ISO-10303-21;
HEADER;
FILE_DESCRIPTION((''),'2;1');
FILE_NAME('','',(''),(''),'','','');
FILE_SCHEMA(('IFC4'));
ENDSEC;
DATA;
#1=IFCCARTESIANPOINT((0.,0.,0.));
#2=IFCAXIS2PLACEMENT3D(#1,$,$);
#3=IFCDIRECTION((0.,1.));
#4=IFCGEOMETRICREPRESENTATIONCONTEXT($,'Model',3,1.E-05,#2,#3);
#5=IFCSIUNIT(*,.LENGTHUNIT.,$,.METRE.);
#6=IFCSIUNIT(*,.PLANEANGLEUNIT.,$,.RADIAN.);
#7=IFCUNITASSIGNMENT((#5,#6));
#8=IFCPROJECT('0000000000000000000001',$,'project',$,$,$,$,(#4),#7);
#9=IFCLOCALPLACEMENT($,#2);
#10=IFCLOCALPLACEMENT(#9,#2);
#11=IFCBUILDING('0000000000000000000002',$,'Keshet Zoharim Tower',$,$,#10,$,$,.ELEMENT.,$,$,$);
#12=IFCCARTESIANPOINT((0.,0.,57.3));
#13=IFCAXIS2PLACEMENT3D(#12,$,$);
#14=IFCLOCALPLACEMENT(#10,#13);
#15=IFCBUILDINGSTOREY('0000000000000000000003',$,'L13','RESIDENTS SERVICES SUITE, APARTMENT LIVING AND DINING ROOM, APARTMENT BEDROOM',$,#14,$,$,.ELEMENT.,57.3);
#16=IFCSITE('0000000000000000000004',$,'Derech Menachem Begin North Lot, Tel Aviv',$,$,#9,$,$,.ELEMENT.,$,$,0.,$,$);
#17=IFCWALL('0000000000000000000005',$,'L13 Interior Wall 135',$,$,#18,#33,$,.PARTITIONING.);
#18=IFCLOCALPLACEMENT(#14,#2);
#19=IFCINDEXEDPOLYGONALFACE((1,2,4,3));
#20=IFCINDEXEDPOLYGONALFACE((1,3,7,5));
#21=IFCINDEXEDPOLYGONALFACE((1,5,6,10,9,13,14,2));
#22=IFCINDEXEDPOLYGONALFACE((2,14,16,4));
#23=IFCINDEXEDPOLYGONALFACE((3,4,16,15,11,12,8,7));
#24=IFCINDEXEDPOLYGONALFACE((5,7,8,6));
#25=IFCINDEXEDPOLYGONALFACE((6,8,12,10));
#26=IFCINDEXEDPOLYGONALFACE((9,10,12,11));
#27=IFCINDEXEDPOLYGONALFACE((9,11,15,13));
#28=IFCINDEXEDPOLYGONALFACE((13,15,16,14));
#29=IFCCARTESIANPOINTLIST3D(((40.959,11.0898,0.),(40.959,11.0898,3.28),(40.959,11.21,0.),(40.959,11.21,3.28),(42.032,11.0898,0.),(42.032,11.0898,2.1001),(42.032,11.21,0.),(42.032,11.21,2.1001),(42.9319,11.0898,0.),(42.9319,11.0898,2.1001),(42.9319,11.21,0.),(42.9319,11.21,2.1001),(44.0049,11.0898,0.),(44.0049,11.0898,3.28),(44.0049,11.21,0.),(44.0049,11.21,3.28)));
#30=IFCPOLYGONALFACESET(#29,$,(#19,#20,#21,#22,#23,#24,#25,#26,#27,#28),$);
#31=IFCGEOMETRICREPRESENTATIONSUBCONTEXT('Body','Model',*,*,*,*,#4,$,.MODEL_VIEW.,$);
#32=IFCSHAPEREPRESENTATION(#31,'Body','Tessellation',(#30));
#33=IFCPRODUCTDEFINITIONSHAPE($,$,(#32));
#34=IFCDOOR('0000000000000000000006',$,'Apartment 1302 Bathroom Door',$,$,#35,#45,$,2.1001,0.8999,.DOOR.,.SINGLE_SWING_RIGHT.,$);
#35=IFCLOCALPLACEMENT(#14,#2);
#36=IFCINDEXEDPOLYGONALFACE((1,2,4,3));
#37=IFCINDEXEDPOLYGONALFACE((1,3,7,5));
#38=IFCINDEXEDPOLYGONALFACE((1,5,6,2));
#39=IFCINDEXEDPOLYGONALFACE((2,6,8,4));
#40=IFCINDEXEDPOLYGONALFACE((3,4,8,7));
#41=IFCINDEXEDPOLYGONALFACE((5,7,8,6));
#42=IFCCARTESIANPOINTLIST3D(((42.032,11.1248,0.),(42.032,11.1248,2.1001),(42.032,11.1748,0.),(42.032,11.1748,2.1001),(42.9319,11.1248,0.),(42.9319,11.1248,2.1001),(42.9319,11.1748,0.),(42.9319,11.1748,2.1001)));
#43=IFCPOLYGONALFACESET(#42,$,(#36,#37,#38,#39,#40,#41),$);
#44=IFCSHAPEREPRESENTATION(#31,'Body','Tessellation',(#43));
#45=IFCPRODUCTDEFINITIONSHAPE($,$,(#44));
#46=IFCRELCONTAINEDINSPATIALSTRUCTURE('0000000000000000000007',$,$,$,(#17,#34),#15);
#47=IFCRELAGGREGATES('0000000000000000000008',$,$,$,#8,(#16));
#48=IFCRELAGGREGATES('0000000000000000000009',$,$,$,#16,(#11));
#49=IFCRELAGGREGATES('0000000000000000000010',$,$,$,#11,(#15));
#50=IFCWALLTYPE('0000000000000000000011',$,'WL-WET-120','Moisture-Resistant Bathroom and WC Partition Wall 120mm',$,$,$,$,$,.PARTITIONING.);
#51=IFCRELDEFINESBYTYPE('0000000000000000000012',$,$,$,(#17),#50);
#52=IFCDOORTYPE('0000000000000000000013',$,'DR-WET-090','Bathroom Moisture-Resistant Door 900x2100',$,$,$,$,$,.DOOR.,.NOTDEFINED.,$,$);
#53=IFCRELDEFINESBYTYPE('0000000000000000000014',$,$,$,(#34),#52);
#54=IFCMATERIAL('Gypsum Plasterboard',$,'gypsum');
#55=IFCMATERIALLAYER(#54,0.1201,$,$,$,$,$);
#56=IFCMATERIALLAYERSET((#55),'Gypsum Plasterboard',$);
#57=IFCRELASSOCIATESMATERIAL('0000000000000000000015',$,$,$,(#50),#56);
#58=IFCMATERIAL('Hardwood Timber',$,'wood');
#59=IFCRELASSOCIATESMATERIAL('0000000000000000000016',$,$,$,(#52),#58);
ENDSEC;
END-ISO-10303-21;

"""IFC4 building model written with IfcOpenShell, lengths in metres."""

from ifc_helpers import new_model, si_unit, direction, frame, frame_2d, origin, place, context, subcontext, project, spatial, rectangle, extrude, material, layer, layer_set, type_object, element, fill, save


model = new_model("IFC4")

# Units and contexts
model_context = context("Model", 3, precision=1e-05, world=origin(), true_north=direction((0.0, 1.0)))
body_context = subcontext(model_context, "Body", "Model", "MODEL_VIEW")
ifc_project = project(units=[si_unit("LENGTHUNIT", "METRE"), si_unit("PLANEANGLEUNIT", "RADIAN")], contexts=[model_context])

# Site, building, storey
site_placement = place(None, origin())
site = spatial("IfcSite", under=ifc_project, at=site_placement, Name="Derech Menachem Begin North Lot, Tel Aviv", CompositionType="ELEMENT", RefElevation=0.0)
building_placement = place(site_placement, origin())
building = spatial("IfcBuilding", under=site, at=building_placement, Name="Keshet Zoharim Tower", CompositionType="ELEMENT")
storey_placement = place(building_placement, frame((0.0, 0.0, 57.3)))
storey = spatial("IfcBuildingStorey", under=building, at=storey_placement, Name="L13", Description="RESIDENTS SERVICES SUITE, APARTMENT LIVING AND DINING ROOM, APARTMENT BEDROOM", CompositionType="ELEMENT", Elevation=57.3)

# Shared definitions
ifc_material_1 = material(Name="Gypsum Plasterboard", Category="gypsum")

# Shared definitions
ifc_material_2 = material(Name="Hardwood Timber", Category="wood")

# Shared definitions
ifc_layer_1 = layer(ifc_material_1, 0.1201)
ifc_layer_set_1 = layer_set([ifc_layer_1], Name="Gypsum Plasterboard")
wall_type_1 = type_object("IfcWallType", Name="WL-WET-120", Description="Moisture-Resistant Bathroom and WC Partition Wall 120mm", PredefinedType="PARTITIONING", material=ifc_layer_set_1)

# Wall, opening, door
wall_1_placement = place(storey_placement, frame((40.959, 11.1499, 0.0), z_axis=(0.0, 0.0, 1.0), x_axis=(1.0, 0.0, 0.0)))
wall_1 = element("IfcWall", 1, at=wall_1_placement, inside=storey, type_object=wall_type_1, Name="L13 Interior Wall 135", PredefinedType="PARTITIONING", context=body_context, shape_type="SweptSolid", body=[
    extrude(rectangle(XDim=3.0459, YDim=0.1201, at=frame_2d((1.5229, 0.0))), origin(), (0.0, 0.0, 1.0), 3.28),
])
opening_1_placement = place(wall_1_placement, frame((1.073, 0.0, 0.0)))
opening_1 = element("IfcOpeningElement", 2, at=opening_1_placement, cuts=wall_1, PredefinedType="OPENING", context=body_context, shape_type="SweptSolid", body=[
    extrude(rectangle(XDim=0.8999, YDim=2.1001, at=frame_2d((0.45, 1.05))), frame((0.0, 0.0701, 0.0), z_axis=(0.0, -1.0, 0.0), x_axis=(1.0, 0.0, 0.0)), (0.0, 0.0, 1.0), 0.1401),
])
door_type_1 = type_object("IfcDoorType", Name="DR-WET-090", Description="Bathroom Moisture-Resistant Door 900x2100", OperationType="NOTDEFINED", PredefinedType="DOOR", material=ifc_material_2)
door_1_placement = place(opening_1_placement, origin())
door_1 = element("IfcDoor", 3, at=door_1_placement, inside=storey, type_object=door_type_1, Name="Apartment 1302 Bathroom Door", OperationType="SINGLE_SWING_RIGHT", OverallHeight=2.1001, OverallWidth=0.8999, PredefinedType="DOOR", context=body_context, shape_type="SweptSolid", body=[
    extrude(rectangle(XDim=0.8999, YDim=2.1001, at=frame_2d((0.45, 1.05))), frame((0.0, 0.0249, 0.0), z_axis=(0.0, -1.0, 0.0), x_axis=(1.0, 0.0, 0.0)), (0.0, 0.0, 1.0), 0.05),
])
fill(opening_1, door_1)

save(model, "model.ifc")
